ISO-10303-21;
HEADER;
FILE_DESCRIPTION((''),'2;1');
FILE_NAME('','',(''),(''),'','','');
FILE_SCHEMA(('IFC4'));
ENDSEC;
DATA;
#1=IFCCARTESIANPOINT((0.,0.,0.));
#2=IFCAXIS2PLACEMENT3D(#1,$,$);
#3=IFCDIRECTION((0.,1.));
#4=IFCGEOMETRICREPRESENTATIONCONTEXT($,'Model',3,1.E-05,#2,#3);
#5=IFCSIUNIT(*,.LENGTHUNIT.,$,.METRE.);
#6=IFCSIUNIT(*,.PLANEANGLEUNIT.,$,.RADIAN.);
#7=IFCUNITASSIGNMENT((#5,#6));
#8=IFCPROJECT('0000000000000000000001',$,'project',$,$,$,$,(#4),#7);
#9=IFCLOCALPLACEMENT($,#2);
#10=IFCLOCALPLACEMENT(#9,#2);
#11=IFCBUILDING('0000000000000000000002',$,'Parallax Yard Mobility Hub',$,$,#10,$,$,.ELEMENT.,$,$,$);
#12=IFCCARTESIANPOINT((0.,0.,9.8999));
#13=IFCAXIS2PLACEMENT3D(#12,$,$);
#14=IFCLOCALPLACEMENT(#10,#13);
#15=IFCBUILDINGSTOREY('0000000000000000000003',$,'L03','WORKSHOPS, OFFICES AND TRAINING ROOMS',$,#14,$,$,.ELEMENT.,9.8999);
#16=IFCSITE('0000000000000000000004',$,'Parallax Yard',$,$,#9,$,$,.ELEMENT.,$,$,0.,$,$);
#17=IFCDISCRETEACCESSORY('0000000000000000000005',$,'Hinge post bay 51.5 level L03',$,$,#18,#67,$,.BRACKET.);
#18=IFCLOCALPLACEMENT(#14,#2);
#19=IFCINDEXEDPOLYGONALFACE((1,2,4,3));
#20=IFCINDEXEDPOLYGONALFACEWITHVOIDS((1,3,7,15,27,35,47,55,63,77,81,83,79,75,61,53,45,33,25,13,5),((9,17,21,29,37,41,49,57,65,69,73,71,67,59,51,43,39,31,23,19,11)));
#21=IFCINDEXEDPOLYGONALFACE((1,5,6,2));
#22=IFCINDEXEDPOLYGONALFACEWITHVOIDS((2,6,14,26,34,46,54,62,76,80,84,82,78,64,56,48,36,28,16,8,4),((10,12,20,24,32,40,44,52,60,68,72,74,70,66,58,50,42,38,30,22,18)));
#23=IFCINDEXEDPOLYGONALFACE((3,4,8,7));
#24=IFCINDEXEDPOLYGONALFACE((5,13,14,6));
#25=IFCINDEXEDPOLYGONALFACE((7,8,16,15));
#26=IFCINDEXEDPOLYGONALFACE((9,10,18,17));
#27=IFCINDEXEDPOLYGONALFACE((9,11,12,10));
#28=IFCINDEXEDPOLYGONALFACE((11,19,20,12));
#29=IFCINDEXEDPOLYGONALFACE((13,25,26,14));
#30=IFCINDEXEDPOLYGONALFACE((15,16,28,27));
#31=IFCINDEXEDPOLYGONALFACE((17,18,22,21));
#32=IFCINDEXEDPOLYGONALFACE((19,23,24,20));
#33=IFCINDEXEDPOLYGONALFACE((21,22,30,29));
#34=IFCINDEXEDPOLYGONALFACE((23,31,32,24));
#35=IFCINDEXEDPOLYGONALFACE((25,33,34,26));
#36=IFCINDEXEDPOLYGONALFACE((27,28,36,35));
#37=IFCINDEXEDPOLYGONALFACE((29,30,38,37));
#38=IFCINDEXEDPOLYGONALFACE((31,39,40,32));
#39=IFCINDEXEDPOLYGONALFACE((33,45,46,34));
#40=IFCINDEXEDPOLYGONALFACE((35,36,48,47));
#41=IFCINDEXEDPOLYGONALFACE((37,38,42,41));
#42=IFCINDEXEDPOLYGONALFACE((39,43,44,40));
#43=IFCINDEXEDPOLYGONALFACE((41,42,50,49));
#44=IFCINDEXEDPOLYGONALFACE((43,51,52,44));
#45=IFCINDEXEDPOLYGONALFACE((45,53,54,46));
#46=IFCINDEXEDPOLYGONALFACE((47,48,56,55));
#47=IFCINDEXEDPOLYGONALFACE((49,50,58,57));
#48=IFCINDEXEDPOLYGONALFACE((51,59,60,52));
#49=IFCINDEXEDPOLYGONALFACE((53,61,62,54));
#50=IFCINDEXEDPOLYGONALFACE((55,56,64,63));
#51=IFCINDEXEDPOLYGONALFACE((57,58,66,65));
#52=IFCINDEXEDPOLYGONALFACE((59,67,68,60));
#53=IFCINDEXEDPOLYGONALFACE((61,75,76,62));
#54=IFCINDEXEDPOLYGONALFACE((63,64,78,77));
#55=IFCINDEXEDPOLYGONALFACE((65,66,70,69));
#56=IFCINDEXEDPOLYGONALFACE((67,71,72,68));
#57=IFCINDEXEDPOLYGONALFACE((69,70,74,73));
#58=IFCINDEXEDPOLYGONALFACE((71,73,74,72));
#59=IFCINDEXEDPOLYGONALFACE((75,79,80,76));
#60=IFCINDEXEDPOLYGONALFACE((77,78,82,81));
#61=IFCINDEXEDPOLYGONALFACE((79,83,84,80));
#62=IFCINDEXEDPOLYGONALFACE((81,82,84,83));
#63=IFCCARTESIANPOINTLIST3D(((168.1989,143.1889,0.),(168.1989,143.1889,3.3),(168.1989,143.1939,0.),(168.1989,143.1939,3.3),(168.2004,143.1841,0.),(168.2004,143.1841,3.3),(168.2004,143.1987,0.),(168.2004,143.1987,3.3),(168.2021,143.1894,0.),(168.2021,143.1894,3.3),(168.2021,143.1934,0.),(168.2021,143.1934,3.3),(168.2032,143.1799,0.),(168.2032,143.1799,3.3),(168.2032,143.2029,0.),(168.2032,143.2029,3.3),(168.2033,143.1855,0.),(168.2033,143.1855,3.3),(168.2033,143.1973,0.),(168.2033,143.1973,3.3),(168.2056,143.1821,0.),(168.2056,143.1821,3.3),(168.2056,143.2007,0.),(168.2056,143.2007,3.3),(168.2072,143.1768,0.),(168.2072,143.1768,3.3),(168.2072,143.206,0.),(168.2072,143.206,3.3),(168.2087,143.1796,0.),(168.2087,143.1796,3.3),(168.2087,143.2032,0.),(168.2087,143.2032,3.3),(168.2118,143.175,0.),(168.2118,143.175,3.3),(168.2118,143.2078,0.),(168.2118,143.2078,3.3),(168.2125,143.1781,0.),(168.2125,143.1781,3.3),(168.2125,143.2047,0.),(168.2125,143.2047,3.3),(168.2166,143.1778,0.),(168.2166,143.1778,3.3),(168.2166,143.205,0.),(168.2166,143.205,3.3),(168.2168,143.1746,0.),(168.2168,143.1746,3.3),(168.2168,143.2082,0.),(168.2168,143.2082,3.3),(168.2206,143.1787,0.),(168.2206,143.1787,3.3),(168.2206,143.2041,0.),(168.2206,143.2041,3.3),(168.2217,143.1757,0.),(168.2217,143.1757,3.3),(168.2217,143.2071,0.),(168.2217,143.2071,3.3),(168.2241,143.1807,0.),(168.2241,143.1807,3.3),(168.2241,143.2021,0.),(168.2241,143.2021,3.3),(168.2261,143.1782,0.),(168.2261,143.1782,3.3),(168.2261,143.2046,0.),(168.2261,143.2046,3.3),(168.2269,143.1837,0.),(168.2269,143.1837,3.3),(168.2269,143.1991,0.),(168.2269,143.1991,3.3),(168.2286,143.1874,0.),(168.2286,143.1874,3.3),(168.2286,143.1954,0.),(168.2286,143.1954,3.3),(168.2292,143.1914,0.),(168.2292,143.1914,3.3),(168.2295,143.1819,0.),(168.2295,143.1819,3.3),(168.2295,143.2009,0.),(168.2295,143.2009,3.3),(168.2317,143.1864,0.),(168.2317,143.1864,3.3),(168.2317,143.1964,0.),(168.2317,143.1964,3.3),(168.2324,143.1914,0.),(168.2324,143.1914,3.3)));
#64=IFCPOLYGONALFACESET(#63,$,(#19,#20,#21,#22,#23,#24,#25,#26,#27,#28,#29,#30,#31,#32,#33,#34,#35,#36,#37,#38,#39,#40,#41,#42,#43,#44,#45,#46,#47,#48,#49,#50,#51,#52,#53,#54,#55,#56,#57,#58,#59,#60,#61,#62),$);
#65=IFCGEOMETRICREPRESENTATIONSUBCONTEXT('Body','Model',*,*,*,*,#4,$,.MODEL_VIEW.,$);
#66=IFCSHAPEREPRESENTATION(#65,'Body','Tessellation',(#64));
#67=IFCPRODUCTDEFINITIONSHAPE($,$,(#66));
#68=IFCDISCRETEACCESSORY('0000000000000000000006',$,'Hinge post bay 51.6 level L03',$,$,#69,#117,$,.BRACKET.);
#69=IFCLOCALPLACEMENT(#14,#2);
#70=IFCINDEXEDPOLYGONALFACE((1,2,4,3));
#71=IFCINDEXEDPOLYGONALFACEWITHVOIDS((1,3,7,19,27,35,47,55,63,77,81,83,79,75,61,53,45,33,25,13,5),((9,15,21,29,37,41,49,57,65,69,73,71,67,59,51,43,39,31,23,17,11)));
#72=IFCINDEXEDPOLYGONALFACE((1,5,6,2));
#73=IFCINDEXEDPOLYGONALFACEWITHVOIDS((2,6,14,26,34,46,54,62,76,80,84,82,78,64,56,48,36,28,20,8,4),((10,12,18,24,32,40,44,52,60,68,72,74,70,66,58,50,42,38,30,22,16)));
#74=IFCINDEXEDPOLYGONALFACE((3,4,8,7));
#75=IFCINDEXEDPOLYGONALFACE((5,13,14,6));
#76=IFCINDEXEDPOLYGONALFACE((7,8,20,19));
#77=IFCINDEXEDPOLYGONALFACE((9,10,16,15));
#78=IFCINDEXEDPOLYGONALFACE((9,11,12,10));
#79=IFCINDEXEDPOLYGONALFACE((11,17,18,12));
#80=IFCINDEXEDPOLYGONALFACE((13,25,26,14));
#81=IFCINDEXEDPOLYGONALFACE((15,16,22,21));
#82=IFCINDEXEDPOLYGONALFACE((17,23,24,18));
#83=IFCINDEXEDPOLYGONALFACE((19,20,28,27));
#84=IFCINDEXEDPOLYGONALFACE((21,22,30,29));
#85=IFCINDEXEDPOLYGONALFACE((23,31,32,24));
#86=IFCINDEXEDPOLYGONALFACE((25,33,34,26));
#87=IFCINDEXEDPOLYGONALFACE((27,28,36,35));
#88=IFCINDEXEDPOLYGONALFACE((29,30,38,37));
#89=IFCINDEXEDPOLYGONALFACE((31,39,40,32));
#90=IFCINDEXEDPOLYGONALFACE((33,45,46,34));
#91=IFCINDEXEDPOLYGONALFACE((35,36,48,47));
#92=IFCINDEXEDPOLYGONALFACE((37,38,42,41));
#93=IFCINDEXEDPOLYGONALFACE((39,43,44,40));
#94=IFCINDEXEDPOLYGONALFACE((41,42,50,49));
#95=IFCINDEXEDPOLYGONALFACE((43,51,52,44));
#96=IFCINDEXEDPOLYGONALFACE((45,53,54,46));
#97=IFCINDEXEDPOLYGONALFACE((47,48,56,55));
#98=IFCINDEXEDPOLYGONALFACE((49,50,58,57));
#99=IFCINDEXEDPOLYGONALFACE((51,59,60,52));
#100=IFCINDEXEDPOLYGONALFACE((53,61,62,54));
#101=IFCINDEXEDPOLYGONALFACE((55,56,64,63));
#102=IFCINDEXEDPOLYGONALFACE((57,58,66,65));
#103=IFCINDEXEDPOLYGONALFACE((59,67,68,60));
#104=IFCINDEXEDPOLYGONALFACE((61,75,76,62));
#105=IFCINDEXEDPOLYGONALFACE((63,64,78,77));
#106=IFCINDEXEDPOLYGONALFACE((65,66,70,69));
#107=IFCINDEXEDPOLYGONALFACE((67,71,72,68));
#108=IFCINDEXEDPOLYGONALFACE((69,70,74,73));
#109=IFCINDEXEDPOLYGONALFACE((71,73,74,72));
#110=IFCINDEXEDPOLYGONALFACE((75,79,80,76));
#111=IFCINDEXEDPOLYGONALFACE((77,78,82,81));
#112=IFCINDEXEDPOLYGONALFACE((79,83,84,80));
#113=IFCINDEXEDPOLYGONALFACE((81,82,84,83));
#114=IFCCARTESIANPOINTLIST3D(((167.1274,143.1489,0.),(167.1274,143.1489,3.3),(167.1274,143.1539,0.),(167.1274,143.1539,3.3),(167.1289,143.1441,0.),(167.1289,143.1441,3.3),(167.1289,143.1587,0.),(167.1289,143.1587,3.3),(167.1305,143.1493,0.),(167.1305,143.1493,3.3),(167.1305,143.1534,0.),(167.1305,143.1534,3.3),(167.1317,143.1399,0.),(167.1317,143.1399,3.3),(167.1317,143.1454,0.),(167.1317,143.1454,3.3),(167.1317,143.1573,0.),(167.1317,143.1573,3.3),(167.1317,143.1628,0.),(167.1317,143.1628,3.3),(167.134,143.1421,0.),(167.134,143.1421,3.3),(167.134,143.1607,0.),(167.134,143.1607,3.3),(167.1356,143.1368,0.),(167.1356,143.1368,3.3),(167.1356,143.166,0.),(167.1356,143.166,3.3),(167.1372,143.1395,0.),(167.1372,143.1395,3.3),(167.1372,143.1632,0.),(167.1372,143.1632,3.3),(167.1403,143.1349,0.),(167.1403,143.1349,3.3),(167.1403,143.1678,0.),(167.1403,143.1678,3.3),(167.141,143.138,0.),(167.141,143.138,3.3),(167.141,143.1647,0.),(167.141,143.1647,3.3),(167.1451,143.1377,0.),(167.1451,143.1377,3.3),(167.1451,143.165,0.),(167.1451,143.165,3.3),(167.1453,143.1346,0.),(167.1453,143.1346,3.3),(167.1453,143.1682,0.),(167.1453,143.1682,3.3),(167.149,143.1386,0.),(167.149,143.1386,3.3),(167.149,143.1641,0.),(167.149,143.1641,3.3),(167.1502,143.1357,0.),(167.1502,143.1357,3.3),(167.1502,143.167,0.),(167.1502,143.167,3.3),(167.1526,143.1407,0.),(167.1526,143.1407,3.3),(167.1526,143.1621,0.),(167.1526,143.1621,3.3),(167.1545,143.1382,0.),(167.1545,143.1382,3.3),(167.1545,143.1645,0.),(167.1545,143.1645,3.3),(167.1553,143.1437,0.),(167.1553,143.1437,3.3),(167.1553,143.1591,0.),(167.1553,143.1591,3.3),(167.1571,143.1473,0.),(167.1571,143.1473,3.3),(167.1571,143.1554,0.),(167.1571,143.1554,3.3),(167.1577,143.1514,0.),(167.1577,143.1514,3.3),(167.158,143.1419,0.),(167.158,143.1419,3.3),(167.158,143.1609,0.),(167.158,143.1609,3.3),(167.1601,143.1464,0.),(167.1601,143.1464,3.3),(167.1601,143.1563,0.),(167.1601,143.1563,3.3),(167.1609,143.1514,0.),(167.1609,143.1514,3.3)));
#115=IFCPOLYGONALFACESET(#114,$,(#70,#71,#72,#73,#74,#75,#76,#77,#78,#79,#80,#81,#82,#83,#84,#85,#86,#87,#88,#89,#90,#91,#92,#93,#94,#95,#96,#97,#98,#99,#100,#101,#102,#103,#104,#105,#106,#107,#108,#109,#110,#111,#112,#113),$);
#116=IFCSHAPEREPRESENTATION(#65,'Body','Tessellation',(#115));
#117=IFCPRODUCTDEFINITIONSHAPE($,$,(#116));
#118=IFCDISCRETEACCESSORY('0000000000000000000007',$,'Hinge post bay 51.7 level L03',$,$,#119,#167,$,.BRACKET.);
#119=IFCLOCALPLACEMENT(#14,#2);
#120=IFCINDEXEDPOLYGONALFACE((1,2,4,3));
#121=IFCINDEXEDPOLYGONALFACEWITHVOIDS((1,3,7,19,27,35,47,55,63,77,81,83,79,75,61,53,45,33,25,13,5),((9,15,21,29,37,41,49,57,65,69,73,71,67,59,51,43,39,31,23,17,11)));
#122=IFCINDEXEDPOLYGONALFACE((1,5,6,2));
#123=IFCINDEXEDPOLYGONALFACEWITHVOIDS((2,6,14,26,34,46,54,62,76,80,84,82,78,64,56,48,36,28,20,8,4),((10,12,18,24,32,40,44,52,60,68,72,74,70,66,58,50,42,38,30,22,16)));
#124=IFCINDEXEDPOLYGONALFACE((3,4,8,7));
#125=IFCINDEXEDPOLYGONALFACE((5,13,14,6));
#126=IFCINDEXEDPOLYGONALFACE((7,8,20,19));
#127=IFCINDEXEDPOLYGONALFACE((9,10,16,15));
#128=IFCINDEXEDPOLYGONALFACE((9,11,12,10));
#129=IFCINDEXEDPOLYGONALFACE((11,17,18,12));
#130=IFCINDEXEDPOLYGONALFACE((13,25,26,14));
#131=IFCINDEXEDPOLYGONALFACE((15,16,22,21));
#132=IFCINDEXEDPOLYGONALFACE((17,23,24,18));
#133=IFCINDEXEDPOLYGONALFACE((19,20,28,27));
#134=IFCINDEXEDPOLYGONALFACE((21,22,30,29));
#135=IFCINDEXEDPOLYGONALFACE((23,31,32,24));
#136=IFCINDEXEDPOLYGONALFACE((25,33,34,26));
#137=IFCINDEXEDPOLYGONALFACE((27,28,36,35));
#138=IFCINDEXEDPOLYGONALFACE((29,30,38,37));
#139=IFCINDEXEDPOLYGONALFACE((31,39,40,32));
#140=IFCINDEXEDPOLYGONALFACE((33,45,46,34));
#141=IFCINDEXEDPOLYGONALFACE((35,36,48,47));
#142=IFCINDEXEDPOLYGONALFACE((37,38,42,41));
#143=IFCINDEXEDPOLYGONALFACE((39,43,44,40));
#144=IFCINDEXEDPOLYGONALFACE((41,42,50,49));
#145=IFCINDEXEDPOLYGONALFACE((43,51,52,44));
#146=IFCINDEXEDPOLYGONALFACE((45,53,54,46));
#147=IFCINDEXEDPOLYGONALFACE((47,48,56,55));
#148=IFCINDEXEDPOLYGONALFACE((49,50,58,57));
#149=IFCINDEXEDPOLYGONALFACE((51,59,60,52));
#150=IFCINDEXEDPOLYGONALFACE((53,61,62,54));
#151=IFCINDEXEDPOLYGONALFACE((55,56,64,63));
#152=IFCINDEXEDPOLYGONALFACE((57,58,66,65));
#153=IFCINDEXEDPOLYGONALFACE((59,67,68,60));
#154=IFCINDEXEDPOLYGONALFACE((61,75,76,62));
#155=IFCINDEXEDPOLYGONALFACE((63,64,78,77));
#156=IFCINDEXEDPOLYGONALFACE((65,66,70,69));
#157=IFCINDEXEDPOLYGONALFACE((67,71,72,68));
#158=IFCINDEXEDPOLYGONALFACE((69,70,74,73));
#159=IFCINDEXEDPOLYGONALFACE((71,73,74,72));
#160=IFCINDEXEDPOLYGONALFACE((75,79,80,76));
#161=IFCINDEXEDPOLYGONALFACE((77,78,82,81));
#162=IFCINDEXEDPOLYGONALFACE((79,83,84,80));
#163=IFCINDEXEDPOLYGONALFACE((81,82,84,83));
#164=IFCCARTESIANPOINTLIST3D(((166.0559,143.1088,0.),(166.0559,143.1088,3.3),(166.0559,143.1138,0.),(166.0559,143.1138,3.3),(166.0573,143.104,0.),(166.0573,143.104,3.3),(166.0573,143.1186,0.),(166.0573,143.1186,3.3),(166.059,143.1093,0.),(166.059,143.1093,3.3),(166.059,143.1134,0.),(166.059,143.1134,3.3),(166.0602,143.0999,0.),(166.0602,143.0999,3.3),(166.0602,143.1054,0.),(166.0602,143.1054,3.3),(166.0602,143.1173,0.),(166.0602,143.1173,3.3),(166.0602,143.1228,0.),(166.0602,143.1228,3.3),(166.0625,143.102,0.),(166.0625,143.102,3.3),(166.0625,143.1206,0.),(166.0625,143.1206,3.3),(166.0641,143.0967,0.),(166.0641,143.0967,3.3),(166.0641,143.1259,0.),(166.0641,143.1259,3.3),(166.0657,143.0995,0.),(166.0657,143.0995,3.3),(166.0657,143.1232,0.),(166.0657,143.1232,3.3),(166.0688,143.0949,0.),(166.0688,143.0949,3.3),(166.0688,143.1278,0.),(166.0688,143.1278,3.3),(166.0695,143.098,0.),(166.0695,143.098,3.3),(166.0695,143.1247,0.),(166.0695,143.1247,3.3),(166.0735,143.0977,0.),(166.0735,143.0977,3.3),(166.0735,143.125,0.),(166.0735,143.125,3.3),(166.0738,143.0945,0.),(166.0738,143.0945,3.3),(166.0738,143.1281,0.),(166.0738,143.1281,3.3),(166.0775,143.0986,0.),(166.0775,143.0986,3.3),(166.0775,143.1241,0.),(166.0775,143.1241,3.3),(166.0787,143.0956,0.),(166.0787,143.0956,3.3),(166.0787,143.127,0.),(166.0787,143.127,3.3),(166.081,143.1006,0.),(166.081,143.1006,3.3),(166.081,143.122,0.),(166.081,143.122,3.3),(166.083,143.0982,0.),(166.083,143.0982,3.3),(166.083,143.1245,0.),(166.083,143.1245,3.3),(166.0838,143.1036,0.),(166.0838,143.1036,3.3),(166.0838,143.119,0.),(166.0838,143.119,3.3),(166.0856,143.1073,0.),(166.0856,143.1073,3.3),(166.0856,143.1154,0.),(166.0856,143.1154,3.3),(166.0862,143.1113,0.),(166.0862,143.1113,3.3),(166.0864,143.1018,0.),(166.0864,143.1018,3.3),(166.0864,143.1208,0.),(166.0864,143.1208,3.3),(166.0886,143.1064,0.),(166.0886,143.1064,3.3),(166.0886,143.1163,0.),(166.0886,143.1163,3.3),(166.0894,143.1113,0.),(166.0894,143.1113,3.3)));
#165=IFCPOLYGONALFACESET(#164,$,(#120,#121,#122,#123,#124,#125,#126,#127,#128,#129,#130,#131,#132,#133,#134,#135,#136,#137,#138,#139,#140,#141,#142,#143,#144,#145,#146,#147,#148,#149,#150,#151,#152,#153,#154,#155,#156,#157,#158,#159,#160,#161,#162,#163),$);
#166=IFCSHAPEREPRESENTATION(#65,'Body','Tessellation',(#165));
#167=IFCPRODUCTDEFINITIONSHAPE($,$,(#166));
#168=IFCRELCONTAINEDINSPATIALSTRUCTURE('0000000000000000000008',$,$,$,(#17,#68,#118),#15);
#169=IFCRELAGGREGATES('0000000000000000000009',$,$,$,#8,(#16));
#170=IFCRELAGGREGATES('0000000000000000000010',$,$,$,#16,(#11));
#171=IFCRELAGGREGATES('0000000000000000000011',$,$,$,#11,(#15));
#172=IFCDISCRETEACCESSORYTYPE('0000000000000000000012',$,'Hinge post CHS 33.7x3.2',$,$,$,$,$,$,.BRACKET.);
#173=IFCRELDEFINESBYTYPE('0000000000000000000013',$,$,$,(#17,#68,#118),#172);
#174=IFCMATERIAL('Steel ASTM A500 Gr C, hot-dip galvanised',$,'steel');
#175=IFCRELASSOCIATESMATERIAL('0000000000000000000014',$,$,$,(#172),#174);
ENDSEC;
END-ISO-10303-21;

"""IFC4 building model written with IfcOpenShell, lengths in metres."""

from ifc_helpers import new_model, si_unit, direction, frame, origin, origin_2d, place, context, subcontext, project, spatial, hollow_circle, extrude, material, material_profile, profile_set, type_object, element, save


model = new_model("IFC4")

# Units and contexts
model_context = context("Model", 3, precision=1e-05, world=origin(), true_north=direction((0.0, 1.0)))
body_context = subcontext(model_context, "Body", "Model", "MODEL_VIEW")
ifc_project = project(units=[si_unit("LENGTHUNIT", "METRE"), si_unit("PLANEANGLEUNIT", "RADIAN")], contexts=[model_context])

# Site, building, storey
site_placement = place(None, origin())
site = spatial("IfcSite", under=ifc_project, at=site_placement, Name="Parallax Yard", CompositionType="ELEMENT", RefElevation=0.0)
building_placement = place(site_placement, origin())
building = spatial("IfcBuilding", under=site, at=building_placement, Name="Parallax Yard Mobility Hub", CompositionType="ELEMENT")
storey_placement = place(building_placement, frame((0.0, 0.0, 9.8999)))
storey = spatial("IfcBuildingStorey", under=building, at=storey_placement, Name="L03", Description="WORKSHOPS, OFFICES AND TRAINING ROOMS", CompositionType="ELEMENT", Elevation=9.8999)

# Discrete accessories
ifc_material_1 = material(Name="Steel ASTM A500 Gr C, hot-dip galvanised", Category="steel")
ifc_material_profile = material_profile(ifc_material_1, hollow_circle(Radius=0.0168, WallThickness=0.0032, at=origin_2d()), Name="CHS 33.7x3.2")
ifc_profile_set = profile_set([ifc_material_profile], Name="Steel ASTM A500 Gr C, hot-dip galvanised")
discrete_accessory_type = type_object("IfcDiscreteAccessoryType", Name="Hinge post CHS 33.7x3.2", PredefinedType="BRACKET", material=ifc_profile_set)
for number, where, z_axis, x_axis, name in (
    (1, (168.2156, 143.1914, 0.0), (0.0, 0.0, 1.0), (1.0, 0.0, 0.0), "Hinge post bay 51.5 level L03"),
    (2, (167.144, 143.1514, 0.0), (0.0, 0.0, 1.0), (1.0, 0.0, 0.0), "Hinge post bay 51.6 level L03"),
    (3, (166.0725, 143.1113, 0.0), (0.0, 0.0, 1.0), (1.0, 0.0, 0.0), "Hinge post bay 51.7 level L03"),
):
    element("IfcDiscreteAccessory", number, at=place(storey_placement, frame(where, z_axis=z_axis, x_axis=x_axis)), inside=storey, type_object=discrete_accessory_type, Name=name, PredefinedType="BRACKET", context=body_context, shape_type="SweptSolid", body=[
        extrude(hollow_circle(Radius=0.0168, WallThickness=0.0032, at=origin_2d()), origin(), (0.0, 0.0, 1.0), 3.3),
    ])

save(model, "model.ifc")
